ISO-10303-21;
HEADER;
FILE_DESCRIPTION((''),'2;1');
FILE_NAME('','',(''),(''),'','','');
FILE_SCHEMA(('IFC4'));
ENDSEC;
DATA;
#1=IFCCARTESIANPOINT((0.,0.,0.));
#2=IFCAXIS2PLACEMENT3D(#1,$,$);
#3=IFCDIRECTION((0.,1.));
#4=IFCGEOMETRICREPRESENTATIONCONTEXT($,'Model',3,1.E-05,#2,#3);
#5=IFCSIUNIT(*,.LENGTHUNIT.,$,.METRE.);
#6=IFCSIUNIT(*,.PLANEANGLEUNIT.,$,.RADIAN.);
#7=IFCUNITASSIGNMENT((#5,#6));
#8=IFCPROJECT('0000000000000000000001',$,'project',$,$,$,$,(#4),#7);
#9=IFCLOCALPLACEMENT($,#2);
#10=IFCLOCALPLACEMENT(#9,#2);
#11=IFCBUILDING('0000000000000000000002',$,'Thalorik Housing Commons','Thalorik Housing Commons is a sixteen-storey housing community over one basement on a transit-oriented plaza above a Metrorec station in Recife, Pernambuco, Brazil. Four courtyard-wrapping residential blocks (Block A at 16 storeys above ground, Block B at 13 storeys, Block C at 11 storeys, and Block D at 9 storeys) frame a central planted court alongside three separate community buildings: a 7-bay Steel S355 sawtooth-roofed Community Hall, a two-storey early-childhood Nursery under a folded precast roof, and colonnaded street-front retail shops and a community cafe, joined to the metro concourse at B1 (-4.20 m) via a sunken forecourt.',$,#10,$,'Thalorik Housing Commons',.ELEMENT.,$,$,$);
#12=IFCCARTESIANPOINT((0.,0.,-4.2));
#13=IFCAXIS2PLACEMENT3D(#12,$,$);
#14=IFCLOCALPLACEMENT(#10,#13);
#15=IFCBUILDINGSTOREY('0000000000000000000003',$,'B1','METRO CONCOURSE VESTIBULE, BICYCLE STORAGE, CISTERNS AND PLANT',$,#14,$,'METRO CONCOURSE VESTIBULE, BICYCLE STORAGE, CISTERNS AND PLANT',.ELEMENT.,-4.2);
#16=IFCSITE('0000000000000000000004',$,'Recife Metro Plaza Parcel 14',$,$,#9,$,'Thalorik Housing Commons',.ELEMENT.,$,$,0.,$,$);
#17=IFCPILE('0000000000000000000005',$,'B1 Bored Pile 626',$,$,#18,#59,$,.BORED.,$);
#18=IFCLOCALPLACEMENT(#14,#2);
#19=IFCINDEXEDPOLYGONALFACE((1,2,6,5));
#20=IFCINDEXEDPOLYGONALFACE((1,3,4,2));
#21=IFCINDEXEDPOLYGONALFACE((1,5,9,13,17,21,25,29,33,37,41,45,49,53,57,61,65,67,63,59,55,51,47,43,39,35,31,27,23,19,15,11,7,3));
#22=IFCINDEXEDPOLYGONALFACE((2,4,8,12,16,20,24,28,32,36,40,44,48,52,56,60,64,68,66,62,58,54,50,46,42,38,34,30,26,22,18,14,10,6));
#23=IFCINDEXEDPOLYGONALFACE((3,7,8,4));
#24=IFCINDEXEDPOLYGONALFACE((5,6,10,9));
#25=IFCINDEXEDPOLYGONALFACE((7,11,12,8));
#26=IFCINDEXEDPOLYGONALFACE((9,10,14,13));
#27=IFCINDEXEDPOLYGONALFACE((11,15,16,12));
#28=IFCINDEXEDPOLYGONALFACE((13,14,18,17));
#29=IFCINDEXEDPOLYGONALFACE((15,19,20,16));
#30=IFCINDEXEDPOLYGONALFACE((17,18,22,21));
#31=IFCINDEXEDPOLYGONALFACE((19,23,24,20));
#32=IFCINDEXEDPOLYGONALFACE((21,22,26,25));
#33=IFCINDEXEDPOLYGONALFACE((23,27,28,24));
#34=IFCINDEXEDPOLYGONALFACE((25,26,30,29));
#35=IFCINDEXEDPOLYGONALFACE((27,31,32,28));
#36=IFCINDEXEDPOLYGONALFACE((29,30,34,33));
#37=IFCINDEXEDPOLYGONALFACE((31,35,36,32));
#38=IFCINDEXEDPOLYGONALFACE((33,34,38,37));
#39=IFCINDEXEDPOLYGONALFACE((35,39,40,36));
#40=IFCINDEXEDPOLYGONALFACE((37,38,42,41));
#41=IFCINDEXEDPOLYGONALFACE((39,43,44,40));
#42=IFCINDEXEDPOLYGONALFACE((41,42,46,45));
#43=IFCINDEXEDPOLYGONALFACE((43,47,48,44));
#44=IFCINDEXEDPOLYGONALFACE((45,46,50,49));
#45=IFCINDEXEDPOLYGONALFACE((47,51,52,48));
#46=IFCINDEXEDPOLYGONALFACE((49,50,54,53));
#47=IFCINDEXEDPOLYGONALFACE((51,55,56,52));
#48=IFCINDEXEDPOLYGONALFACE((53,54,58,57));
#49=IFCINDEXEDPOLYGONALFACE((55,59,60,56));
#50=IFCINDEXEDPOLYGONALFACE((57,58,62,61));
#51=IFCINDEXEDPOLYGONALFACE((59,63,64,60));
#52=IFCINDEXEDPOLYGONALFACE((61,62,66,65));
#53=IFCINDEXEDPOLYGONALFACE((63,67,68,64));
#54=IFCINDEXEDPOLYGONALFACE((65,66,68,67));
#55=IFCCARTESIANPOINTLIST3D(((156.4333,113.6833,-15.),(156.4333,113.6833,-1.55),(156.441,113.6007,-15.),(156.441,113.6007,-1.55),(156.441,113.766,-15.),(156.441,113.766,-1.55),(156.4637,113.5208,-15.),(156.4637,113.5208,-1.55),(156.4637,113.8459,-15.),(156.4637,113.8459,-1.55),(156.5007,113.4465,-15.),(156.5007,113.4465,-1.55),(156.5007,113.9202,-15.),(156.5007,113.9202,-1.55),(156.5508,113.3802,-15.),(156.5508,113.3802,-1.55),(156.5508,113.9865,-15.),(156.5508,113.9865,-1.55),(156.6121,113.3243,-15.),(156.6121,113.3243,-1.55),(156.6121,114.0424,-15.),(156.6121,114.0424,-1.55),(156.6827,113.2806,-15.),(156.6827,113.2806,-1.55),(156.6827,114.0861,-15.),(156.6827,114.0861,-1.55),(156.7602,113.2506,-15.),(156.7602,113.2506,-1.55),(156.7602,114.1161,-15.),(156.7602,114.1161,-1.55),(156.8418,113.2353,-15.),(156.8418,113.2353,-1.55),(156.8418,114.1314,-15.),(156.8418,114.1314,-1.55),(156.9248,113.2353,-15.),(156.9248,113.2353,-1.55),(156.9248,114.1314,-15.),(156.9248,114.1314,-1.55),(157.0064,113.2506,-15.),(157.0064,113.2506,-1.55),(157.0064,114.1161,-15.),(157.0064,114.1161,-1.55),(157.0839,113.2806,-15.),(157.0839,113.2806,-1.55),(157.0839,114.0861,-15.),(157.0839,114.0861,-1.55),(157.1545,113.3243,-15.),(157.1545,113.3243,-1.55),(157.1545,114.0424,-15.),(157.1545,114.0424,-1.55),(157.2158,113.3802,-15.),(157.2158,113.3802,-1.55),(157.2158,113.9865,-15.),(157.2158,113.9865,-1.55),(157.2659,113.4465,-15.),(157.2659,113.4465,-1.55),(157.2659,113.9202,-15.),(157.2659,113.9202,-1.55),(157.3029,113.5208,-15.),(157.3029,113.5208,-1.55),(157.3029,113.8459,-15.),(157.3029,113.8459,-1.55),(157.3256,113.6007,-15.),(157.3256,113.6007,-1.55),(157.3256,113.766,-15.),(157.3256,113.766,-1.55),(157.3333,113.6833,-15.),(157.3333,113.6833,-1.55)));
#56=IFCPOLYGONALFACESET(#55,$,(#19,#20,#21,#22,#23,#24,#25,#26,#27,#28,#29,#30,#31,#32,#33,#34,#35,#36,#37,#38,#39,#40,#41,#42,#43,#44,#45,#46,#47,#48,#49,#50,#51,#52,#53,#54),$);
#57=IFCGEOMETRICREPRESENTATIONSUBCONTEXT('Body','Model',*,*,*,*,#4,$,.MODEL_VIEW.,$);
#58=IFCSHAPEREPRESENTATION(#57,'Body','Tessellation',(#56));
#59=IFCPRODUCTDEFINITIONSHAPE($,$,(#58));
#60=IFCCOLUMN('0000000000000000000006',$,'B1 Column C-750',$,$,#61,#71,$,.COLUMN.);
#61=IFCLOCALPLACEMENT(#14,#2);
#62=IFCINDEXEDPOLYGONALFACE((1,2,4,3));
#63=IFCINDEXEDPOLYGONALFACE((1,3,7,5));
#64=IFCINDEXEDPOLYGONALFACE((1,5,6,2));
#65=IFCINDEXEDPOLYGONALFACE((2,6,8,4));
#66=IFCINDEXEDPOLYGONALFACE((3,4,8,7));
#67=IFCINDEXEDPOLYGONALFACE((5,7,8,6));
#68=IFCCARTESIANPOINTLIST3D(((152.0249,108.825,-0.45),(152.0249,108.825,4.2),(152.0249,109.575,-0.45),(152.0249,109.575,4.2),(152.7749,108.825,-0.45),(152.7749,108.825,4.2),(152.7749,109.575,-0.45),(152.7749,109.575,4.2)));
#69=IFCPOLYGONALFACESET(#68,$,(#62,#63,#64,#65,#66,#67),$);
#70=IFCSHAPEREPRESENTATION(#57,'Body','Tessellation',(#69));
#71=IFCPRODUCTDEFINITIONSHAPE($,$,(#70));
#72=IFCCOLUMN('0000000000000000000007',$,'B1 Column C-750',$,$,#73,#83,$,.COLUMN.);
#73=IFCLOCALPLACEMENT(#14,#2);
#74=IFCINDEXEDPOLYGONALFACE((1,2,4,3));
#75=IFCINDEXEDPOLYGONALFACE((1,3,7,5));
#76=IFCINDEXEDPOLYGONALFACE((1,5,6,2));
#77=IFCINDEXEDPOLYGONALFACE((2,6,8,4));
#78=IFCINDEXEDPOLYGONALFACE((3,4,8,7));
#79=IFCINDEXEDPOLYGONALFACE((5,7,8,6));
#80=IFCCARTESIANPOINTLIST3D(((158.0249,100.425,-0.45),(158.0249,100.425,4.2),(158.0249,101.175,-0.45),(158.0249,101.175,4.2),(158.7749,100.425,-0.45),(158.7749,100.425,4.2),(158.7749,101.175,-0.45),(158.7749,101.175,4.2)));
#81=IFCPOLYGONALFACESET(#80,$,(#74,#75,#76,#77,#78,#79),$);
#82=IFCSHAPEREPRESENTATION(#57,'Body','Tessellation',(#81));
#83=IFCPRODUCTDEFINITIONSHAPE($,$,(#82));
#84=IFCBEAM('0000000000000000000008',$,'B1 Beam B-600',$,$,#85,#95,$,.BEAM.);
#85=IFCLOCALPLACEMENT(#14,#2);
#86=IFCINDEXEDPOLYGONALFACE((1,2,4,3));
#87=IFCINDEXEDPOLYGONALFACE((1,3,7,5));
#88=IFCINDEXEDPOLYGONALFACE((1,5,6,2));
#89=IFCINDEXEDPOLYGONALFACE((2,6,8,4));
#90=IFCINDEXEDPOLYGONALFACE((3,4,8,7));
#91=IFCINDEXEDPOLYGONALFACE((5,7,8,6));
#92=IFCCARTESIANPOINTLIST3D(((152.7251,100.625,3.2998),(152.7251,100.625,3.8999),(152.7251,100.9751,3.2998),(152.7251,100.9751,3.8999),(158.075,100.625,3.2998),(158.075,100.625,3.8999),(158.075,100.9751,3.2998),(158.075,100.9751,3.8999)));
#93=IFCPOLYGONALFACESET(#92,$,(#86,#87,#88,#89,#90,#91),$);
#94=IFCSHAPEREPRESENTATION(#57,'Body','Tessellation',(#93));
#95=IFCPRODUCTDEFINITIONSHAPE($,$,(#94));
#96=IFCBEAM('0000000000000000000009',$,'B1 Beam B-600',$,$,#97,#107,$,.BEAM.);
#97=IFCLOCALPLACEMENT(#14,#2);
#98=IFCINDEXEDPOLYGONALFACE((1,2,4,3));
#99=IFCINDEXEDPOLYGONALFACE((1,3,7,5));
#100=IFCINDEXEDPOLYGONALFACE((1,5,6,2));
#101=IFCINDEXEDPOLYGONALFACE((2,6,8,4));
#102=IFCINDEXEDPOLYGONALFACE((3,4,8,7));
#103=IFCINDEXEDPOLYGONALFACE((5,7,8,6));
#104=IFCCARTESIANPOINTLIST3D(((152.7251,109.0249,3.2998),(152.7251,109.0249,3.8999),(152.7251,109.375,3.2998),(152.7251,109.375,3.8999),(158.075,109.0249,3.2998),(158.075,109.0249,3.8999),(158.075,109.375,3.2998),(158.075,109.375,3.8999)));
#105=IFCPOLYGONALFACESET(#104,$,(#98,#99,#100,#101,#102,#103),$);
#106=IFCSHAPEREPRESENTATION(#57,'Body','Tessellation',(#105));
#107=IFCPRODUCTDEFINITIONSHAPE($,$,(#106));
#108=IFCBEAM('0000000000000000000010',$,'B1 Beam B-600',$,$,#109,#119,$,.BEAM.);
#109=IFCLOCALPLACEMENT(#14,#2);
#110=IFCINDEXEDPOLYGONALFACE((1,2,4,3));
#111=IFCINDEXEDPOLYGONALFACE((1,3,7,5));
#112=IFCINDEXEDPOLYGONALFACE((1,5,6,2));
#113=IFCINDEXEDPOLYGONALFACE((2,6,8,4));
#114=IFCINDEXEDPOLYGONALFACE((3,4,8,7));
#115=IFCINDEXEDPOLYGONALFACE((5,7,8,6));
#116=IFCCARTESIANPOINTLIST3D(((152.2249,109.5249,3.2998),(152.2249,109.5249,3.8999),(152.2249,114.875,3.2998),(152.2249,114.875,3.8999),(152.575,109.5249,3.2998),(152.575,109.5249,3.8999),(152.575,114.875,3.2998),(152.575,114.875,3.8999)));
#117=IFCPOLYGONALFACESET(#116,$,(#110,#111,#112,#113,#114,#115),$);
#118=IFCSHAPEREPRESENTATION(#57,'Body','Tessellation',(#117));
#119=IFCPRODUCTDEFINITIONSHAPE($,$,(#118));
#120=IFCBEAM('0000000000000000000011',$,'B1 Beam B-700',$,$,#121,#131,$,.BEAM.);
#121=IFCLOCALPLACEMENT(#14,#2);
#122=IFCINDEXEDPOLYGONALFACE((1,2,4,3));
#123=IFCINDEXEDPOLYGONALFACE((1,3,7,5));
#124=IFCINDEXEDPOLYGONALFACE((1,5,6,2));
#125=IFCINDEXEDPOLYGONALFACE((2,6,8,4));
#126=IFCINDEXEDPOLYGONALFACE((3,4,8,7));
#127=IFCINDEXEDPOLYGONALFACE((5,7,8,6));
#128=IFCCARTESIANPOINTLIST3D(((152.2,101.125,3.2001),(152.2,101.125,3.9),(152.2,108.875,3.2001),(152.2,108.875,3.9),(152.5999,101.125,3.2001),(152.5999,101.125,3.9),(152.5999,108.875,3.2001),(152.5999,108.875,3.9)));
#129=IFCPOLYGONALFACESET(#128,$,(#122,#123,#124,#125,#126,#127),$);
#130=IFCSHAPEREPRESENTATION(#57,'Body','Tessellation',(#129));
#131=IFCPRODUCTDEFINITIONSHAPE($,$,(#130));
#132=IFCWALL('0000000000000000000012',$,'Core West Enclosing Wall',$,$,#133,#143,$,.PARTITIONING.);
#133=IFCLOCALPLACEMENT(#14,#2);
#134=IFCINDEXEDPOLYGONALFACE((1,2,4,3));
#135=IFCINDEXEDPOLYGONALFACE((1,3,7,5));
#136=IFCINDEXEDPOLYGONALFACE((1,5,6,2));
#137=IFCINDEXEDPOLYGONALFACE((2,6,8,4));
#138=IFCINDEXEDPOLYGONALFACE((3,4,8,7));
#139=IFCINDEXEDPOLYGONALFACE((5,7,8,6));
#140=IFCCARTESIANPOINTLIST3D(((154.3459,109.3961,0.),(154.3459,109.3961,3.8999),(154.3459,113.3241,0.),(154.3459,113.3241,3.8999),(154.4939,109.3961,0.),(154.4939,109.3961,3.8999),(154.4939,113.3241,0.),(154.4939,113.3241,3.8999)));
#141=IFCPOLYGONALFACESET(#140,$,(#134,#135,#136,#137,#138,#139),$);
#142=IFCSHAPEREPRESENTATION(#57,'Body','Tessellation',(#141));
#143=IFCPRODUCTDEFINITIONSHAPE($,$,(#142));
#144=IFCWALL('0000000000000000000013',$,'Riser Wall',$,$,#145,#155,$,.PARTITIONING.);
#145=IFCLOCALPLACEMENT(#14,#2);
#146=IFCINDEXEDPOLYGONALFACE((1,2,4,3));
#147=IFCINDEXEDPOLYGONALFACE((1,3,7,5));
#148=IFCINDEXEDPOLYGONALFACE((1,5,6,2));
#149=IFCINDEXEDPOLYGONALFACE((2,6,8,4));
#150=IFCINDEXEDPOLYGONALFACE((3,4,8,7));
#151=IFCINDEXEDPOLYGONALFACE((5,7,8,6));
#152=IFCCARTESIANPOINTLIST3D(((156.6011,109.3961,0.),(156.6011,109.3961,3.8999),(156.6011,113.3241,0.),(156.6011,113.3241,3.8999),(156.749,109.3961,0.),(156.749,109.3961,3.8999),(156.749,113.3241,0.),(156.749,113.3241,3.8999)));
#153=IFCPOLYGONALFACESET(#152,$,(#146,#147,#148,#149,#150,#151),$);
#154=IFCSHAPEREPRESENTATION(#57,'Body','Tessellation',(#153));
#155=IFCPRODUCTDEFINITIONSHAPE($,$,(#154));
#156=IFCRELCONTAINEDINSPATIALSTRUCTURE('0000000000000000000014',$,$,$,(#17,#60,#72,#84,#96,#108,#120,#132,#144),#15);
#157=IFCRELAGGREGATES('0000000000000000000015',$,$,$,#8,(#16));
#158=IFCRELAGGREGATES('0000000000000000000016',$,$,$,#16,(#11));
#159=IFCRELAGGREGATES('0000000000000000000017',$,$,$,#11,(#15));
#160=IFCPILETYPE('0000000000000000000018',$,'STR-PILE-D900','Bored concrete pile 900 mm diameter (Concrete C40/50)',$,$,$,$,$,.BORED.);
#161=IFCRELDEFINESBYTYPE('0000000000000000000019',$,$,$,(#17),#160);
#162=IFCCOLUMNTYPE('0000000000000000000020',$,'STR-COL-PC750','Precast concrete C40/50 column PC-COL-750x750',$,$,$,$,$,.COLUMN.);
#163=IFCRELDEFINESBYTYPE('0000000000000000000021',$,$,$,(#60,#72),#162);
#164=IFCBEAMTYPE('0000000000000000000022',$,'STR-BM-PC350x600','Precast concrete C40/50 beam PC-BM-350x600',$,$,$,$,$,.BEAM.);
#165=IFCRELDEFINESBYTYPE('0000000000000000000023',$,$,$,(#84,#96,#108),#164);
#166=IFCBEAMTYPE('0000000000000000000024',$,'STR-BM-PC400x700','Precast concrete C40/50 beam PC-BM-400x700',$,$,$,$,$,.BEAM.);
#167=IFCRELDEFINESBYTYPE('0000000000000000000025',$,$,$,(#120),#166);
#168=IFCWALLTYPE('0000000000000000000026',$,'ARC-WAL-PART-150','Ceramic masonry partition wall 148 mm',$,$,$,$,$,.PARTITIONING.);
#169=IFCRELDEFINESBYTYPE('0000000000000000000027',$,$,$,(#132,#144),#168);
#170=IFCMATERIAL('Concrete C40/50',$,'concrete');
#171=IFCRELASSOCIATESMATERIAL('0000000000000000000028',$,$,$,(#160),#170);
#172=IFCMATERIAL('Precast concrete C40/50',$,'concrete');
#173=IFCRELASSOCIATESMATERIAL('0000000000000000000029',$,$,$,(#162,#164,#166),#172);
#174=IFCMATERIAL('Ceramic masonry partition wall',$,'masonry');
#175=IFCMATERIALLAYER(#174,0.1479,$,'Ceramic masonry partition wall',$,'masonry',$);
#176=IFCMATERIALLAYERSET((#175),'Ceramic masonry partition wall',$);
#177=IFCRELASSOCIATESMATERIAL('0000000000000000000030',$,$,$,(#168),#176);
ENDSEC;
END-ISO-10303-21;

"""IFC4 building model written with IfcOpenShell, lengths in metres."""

from ifc_helpers import new_model, si_unit, direction, frame, frame_2d, origin, origin_2d, place, context, subcontext, project, spatial, rectangle, circle, extrude, material, layer, layer_set, material_profile, profile_set, type_object, element, save


model = new_model("IFC4")

# Units and contexts
model_context = context("Model", 3, precision=1e-05, world=origin(), true_north=direction((0.0, 1.0)))
body_context = subcontext(model_context, "Body", "Model", "MODEL_VIEW")
ifc_project = project(units=[si_unit("LENGTHUNIT", "METRE"), si_unit("PLANEANGLEUNIT", "RADIAN")], contexts=[model_context])

# Site, building, storey
site_placement = place(None, origin())
site = spatial("IfcSite", under=ifc_project, at=site_placement, Name="Recife Metro Plaza Parcel 14", LongName="Thalorik Housing Commons", CompositionType="ELEMENT", RefElevation=0.0)
building_placement = place(site_placement, origin())
building = spatial("IfcBuilding", under=site, at=building_placement, Name="Thalorik Housing Commons", Description="Thalorik Housing Commons is a sixteen-storey housing community over one basement on a transit-oriented plaza above a Metrorec station in Recife, Pernambuco, Brazil. Four courtyard-wrapping residential blocks (Block A at 16 storeys above ground, Block B at 13 storeys, Block C at 11 storeys, and Block D at 9 storeys) frame a central planted court alongside three separate community buildings: a 7-bay Steel S355 sawtooth-roofed Community Hall, a two-storey early-childhood Nursery under a folded precast roof, and colonnaded street-front retail shops and a community cafe, joined to the metro concourse at B1 (-4.20 m) via a sunken forecourt.", LongName="Thalorik Housing Commons", CompositionType="ELEMENT")
storey_placement = place(building_placement, frame((0.0, 0.0, -4.2)))
storey = spatial("IfcBuildingStorey", under=building, at=storey_placement, Name="B1", Description="METRO CONCOURSE VESTIBULE, BICYCLE STORAGE, CISTERNS AND PLANT", LongName="METRO CONCOURSE VESTIBULE, BICYCLE STORAGE, CISTERNS AND PLANT", CompositionType="ELEMENT", Elevation=-4.2)

# Shared definitions
ifc_material_1 = material(Name="Concrete C40/50", Category="concrete")

# Pile
ifc_material_profile_1 = material_profile(ifc_material_1, circle(Radius=0.45, at=origin_2d()), Name="BORED PILE D900", Category="concrete")
ifc_profile_set_1 = profile_set([ifc_material_profile_1], Name="Concrete C40/50")
pile_type_1 = type_object("IfcPileType", Name="STR-PILE-D900", Description="Bored concrete pile 900 mm diameter (Concrete C40/50)", PredefinedType="BORED", material=ifc_profile_set_1)
for number, where, z_axis, x_axis, name in (
    (1, (156.8833, 113.6833, -1.55), (0.0, 0.0, -1.0), (1.0, 0.0, 0.0), "B1 Bored Pile 626"),
):
    element("IfcPile", number, at=place(storey_placement, frame(where, z_axis=z_axis, x_axis=x_axis)), inside=storey, type_object=pile_type_1, Name=name, PredefinedType="BORED", context=body_context, shape_type="SweptSolid", body=[
        extrude(circle(Radius=0.45, at=origin_2d()), origin(), (0.0, 0.0, 1.0), 13.45),
    ])

# Columns
ifc_material_2 = material(Name="Precast concrete C40/50", Category="concrete")
ifc_material_profile_2 = material_profile(ifc_material_2, rectangle(XDim=0.75, YDim=0.75, at=origin_2d()), Name="PC 750x750", Category="concrete")
ifc_profile_set_2 = profile_set([ifc_material_profile_2], Name="Precast concrete C40/50")
column_type = type_object("IfcColumnType", Name="STR-COL-PC750", Description="Precast concrete C40/50 column PC-COL-750x750", PredefinedType="COLUMN", material=ifc_profile_set_2)
for number, where, z_axis, x_axis, name in (
    (2, (152.3999, 109.2, -0.45), (0.0, 0.0, 1.0), (1.0, 0.0, 0.0), "B1 Column C-750"),
    (3, (158.3999, 100.8, -0.45), (0.0, 0.0, 1.0), (1.0, 0.0, 0.0), "B1 Column C-750"),
):
    element("IfcColumn", number, at=place(storey_placement, frame(where, z_axis=z_axis, x_axis=x_axis)), inside=storey, type_object=column_type, Name=name, PredefinedType="COLUMN", context=body_context, shape_type="SweptSolid", body=[
        extrude(rectangle(XDim=0.75, YDim=0.75, at=origin_2d()), origin(), (0.0, 0.0, 1.0), 4.6499),
    ])

# Beams
ifc_material_profile_3 = material_profile(ifc_material_2, rectangle(XDim=0.3501, YDim=0.6001, at=origin_2d()), Name="PC 350x600", Category="concrete")
ifc_profile_set_3 = profile_set([ifc_material_profile_3], Name="Precast concrete C40/50")
beam_type_1 = type_object("IfcBeamType", Name="STR-BM-PC350x600", Description="Precast concrete C40/50 beam PC-BM-350x600", PredefinedType="BEAM", material=ifc_profile_set_3)
for number, where, z_axis, x_axis, name in (
    (4, (152.7251, 100.8, 3.5999), (1.0, 0.0, 0.0), (0.0, 1.0, 0.0), "B1 Beam B-600"),
    (5, (152.7251, 109.2, 3.5999), (1.0, 0.0, 0.0), (0.0, 1.0, 0.0), "B1 Beam B-600"),
):
    element("IfcBeam", number, at=place(storey_placement, frame(where, z_axis=z_axis, x_axis=x_axis)), inside=storey, type_object=beam_type_1, Name=name, PredefinedType="BEAM", context=body_context, shape_type="SweptSolid", body=[
        extrude(rectangle(XDim=0.3501, YDim=0.6001, at=origin_2d()), origin(), (0.0, 0.0, 1.0), 5.3499),
    ])
beam_1_placement = place(storey_placement, frame((152.3999, 109.5249, 3.5999), z_axis=(0.0, 1.0, 0.0), x_axis=(-1.0, 0.0, 0.0)))
element("IfcBeam", 6, at=beam_1_placement, inside=storey, type_object=beam_type_1, Name="B1 Beam B-600", PredefinedType="BEAM", context=body_context, shape_type="SweptSolid", body=[
    extrude(rectangle(XDim=0.3501, YDim=0.6001, at=origin_2d()), origin(), (0.0, 0.0, 1.0), 5.3501),
])
ifc_material_profile_4 = material_profile(ifc_material_2, rectangle(XDim=0.3999, YDim=0.7, at=origin_2d()), Name="PC 400x700", Category="concrete")
ifc_profile_set_4 = profile_set([ifc_material_profile_4], Name="Precast concrete C40/50")
beam_type_2 = type_object("IfcBeamType", Name="STR-BM-PC400x700", Description="Precast concrete C40/50 beam PC-BM-400x700", PredefinedType="BEAM", material=ifc_profile_set_4)
beam_2_placement = place(storey_placement, frame((152.3999, 101.125, 3.55), z_axis=(0.0, 1.0, 0.0), x_axis=(-1.0, 0.0, 0.0)))
element("IfcBeam", 7, at=beam_2_placement, inside=storey, type_object=beam_type_2, Name="B1 Beam B-700", PredefinedType="BEAM", context=body_context, shape_type="SweptSolid", body=[
    extrude(rectangle(XDim=0.3999, YDim=0.7, at=origin_2d()), origin(), (0.0, 0.0, 1.0), 7.75),
])

# Walls
ifc_material_3 = material(Name="Ceramic masonry partition wall", Category="masonry")
ifc_layer_1 = layer(ifc_material_3, 0.1479, Name="Ceramic masonry partition wall", Category="masonry")
ifc_layer_set_1 = layer_set([ifc_layer_1], Name="Ceramic masonry partition wall")
wall_type_1 = type_object("IfcWallType", Name="ARC-WAL-PART-150", Description="Ceramic masonry partition wall 148 mm", PredefinedType="PARTITIONING", material=ifc_layer_set_1)
for number, where, z_axis, x_axis, name in (
    (8, (154.4199, 113.324, 0.0), (0.0, 0.0, 1.0), (0.0, -1.0, 0.0), "Core West Enclosing Wall"),
    (9, (156.675, 113.324, 0.0), (0.0, 0.0, 1.0), (0.0, -1.0, 0.0), "Riser Wall"),
):
    element("IfcWall", number, at=place(storey_placement, frame(where, z_axis=z_axis, x_axis=x_axis)), inside=storey, type_object=wall_type_1, Name=name, PredefinedType="PARTITIONING", context=body_context, shape_type="SweptSolid", body=[
        extrude(rectangle(XDim=3.928, YDim=0.1479, at=frame_2d((1.9639, 0.0))), origin(), (0.0, 0.0, 1.0), 3.8999),
    ])

save(model, "model.ifc")
